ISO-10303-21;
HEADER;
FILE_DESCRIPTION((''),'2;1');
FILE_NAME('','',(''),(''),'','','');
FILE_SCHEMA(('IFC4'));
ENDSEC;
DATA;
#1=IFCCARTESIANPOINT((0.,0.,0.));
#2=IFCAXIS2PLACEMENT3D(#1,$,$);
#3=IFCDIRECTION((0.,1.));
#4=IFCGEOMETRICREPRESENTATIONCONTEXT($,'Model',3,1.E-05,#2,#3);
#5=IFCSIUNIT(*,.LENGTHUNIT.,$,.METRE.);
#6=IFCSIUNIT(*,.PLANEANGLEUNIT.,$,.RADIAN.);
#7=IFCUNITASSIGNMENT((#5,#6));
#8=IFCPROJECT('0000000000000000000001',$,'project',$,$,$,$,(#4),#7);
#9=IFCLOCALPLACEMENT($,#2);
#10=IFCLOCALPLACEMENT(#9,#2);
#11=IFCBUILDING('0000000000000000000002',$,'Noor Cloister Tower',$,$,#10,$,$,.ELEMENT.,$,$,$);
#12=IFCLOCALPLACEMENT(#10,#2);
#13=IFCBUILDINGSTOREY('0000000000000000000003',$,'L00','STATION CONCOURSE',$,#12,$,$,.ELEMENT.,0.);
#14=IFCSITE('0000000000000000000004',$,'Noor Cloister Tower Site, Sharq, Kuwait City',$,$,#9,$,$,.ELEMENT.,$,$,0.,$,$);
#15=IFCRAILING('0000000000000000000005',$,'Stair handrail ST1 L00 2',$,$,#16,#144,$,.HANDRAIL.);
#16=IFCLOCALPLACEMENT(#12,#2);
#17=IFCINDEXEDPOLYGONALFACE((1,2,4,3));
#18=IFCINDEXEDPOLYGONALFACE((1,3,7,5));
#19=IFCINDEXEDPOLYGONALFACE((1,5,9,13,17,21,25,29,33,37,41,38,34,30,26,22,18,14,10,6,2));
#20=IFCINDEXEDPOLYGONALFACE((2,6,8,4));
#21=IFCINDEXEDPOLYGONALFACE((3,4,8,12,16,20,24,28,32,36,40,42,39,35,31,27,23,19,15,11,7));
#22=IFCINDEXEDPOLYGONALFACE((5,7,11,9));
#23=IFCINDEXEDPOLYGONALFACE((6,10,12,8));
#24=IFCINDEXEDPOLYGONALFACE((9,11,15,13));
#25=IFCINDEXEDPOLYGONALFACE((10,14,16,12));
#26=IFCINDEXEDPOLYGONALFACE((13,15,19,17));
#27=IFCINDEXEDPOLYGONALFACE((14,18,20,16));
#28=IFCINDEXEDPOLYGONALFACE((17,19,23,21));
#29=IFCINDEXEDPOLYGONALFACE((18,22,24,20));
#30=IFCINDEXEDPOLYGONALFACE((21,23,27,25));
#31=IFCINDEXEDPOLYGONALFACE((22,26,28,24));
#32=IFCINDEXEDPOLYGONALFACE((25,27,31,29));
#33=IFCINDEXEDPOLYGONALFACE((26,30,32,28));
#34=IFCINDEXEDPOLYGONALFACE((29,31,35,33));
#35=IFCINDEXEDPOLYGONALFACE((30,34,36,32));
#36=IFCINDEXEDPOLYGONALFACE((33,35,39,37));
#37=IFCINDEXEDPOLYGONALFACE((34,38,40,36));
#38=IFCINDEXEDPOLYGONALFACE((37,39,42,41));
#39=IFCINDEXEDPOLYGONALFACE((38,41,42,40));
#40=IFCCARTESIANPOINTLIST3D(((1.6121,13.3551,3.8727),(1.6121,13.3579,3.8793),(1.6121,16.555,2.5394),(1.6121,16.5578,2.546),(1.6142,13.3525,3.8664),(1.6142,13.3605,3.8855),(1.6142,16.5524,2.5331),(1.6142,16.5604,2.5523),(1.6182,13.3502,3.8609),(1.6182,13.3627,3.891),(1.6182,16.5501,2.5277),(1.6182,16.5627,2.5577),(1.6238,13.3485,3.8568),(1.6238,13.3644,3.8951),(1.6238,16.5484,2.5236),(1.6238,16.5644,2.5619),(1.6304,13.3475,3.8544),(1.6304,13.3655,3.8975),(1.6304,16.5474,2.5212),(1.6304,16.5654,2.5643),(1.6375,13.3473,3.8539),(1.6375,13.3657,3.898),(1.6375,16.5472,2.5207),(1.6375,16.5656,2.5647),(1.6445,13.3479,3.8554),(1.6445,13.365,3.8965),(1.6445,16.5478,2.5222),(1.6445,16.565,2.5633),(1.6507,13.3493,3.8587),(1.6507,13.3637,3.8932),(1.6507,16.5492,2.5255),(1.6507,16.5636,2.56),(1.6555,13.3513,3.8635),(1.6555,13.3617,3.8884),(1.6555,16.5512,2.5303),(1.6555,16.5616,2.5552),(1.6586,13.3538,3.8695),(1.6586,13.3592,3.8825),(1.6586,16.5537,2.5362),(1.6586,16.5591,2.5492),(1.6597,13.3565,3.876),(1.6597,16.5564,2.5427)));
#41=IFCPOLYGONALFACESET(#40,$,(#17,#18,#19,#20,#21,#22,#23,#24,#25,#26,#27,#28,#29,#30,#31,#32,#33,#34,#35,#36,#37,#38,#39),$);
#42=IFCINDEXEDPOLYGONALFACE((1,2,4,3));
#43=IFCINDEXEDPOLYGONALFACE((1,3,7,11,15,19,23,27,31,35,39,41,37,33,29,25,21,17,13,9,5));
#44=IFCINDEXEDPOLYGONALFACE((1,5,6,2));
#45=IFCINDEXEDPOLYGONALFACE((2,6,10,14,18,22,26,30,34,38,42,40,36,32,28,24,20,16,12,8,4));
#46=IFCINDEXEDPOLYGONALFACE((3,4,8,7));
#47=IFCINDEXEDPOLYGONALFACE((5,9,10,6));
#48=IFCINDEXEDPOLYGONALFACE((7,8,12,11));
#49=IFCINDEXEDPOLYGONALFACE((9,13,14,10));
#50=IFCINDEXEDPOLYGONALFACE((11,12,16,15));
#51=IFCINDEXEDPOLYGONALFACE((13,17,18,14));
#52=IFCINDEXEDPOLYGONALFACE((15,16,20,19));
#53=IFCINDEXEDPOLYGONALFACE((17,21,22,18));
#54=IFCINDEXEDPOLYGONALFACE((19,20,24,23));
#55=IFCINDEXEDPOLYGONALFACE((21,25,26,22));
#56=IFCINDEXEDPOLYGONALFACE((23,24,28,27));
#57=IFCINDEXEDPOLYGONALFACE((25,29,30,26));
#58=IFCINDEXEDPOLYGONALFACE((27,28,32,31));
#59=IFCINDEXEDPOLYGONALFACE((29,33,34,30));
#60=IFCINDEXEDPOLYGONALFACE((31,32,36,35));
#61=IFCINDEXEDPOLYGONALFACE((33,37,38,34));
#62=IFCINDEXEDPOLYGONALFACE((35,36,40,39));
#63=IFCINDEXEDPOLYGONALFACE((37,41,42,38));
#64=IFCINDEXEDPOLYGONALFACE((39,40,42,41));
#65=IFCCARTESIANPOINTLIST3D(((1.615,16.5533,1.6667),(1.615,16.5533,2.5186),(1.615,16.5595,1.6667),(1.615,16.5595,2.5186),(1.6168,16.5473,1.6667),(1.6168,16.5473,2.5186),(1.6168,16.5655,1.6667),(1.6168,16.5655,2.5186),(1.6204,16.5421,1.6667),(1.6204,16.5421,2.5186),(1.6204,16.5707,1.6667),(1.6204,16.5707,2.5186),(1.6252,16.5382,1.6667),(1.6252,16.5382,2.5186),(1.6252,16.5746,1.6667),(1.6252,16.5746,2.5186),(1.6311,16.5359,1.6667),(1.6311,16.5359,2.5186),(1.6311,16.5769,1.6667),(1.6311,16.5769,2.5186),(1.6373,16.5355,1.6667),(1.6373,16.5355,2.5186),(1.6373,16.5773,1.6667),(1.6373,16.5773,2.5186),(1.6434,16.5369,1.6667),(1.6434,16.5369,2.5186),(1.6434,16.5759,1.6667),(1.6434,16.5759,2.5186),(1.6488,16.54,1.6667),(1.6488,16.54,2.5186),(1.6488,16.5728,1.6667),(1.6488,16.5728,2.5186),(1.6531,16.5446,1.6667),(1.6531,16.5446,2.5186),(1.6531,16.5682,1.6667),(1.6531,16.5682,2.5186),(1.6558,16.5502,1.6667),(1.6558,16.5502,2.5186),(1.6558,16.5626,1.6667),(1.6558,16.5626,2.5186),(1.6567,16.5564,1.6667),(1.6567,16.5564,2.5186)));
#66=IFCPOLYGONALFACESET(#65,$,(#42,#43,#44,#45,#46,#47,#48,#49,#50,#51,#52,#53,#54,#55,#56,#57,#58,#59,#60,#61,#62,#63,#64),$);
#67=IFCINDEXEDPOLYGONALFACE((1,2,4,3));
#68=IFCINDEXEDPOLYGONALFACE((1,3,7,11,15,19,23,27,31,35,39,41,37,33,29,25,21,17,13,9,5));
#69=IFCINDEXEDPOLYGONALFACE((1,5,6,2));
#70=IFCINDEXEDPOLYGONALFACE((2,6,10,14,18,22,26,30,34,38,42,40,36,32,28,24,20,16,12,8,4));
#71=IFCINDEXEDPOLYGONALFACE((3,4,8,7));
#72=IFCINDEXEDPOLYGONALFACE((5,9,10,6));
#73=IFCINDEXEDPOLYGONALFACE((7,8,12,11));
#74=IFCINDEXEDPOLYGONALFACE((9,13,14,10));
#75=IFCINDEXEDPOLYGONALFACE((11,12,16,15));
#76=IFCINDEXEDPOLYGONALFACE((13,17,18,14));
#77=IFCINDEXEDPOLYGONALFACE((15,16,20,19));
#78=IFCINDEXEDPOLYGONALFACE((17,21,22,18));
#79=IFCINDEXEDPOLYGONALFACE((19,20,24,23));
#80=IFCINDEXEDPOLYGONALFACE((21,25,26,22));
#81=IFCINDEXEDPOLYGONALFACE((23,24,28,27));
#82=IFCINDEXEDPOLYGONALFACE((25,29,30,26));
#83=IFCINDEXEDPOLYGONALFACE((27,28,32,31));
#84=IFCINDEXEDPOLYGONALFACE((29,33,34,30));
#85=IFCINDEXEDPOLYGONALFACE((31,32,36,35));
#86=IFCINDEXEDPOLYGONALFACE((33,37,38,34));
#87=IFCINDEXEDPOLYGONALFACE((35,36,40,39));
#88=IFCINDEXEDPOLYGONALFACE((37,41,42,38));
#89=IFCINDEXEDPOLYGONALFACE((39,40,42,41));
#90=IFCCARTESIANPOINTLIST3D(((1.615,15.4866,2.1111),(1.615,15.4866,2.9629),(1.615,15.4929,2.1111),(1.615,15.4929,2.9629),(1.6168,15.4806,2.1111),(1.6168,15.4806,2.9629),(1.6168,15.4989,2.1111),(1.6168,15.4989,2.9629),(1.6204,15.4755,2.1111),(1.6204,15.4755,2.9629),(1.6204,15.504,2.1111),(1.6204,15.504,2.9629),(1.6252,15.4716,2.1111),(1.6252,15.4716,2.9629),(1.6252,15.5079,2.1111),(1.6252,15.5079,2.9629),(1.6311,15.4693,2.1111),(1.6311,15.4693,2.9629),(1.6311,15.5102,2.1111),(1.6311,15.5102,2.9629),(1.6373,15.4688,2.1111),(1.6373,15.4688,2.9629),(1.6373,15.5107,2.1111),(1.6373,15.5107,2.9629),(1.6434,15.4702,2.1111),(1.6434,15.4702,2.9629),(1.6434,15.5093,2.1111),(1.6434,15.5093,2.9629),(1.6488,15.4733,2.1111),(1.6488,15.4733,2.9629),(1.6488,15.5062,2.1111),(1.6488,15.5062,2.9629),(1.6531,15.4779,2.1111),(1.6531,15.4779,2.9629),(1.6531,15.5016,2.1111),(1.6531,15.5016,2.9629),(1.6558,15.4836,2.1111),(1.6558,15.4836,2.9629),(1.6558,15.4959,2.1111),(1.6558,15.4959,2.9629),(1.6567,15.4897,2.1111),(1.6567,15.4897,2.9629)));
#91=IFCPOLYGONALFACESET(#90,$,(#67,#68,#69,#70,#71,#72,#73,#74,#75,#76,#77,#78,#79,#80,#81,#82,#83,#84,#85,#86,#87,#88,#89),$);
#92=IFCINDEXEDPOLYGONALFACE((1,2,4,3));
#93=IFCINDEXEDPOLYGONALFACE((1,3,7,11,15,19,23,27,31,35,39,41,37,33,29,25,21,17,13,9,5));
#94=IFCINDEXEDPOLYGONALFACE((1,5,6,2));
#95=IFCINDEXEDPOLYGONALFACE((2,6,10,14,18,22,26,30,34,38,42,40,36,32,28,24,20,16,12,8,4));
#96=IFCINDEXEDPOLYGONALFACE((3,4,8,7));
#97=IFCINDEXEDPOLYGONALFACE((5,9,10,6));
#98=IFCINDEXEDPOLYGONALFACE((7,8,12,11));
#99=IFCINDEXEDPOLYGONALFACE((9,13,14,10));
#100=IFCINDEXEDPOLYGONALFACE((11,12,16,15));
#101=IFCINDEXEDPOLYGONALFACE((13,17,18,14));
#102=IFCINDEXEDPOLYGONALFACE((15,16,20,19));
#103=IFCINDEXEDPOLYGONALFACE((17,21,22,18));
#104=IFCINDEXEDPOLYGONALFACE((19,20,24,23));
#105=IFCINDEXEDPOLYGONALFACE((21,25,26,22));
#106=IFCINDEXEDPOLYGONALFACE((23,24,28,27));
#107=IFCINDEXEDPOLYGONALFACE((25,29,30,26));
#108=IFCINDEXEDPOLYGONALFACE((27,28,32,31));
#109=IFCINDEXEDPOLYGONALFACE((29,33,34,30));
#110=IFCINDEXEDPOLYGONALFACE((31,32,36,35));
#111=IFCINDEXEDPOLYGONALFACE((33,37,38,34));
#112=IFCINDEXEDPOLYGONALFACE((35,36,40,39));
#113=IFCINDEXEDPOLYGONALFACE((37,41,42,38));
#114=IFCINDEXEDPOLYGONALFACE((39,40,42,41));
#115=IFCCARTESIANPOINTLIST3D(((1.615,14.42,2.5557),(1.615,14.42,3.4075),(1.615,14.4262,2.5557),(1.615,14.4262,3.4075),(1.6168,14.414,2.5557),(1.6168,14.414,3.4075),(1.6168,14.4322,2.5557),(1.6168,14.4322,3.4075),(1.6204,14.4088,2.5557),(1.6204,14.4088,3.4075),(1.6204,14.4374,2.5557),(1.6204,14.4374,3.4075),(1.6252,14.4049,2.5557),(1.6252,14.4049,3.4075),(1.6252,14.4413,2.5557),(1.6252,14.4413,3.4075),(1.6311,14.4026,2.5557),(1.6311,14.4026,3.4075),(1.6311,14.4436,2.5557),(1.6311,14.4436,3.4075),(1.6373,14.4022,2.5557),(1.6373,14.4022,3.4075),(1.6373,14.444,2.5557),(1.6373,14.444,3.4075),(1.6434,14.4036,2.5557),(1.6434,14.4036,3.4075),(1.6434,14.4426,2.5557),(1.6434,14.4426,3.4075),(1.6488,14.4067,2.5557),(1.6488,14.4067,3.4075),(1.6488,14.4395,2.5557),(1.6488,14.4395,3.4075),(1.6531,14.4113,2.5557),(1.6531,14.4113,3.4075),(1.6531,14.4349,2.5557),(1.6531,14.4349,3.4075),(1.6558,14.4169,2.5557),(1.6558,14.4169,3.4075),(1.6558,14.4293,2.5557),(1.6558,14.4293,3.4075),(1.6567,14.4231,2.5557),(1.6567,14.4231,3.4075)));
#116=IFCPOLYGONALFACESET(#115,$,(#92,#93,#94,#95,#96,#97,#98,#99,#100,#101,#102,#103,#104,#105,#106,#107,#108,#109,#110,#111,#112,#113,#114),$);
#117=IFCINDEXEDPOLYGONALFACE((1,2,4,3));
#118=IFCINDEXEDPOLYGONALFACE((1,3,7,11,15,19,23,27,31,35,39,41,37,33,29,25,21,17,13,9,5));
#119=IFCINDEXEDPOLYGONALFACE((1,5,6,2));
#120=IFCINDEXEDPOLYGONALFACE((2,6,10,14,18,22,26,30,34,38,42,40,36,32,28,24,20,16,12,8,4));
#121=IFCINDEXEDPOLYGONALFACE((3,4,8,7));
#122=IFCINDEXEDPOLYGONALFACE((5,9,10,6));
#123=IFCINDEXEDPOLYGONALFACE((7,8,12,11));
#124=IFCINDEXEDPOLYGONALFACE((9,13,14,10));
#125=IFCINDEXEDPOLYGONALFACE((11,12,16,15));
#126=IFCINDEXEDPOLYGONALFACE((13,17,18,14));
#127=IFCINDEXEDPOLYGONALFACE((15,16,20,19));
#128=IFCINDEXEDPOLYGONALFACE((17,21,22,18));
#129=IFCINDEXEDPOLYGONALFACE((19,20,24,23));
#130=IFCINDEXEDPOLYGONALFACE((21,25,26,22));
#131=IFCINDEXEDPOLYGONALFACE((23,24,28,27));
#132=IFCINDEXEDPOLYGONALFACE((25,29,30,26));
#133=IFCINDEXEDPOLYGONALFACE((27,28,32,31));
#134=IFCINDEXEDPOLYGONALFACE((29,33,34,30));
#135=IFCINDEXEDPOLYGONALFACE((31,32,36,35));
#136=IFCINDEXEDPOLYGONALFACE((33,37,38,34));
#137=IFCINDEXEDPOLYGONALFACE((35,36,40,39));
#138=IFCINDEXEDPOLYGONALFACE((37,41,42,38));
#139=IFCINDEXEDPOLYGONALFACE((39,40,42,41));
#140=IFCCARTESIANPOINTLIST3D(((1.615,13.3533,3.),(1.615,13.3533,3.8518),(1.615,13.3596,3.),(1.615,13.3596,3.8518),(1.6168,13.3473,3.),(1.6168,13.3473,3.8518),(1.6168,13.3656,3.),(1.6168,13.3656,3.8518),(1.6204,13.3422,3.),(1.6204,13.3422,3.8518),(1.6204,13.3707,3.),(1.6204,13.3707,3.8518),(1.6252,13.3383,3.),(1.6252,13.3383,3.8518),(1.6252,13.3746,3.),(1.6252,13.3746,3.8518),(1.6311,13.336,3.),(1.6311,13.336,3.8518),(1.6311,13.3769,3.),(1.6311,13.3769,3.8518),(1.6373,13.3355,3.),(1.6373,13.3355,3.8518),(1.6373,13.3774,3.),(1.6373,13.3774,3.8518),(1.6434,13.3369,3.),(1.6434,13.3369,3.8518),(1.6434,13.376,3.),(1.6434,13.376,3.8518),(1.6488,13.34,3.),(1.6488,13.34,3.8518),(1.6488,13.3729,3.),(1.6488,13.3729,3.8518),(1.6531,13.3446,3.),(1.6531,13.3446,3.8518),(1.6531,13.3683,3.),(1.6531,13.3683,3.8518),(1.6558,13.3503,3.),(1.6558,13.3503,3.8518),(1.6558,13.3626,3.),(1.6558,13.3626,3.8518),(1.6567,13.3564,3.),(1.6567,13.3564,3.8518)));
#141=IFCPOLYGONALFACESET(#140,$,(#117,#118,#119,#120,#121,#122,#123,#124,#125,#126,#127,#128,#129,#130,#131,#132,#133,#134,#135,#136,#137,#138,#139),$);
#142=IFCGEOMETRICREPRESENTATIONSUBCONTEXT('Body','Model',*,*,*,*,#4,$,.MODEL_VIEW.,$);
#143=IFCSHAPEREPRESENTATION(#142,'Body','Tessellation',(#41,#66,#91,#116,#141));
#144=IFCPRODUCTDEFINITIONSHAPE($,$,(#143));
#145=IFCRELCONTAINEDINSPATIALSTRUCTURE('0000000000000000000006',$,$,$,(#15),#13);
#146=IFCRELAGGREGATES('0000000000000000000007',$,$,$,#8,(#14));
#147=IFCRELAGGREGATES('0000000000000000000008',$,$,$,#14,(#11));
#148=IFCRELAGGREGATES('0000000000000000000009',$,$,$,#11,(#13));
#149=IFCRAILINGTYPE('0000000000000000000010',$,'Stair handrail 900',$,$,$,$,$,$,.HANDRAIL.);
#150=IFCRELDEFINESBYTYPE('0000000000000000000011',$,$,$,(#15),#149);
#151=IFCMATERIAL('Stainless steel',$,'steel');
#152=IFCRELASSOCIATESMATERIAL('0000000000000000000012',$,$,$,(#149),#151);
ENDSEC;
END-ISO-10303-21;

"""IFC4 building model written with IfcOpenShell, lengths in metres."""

from ifc_helpers import new_model, si_unit, direction, frame, origin, origin_2d, place, context, subcontext, project, spatial, circle, extrude, material, type_object, element, save


model = new_model("IFC4")

# Units and contexts
model_context = context("Model", 3, precision=1e-05, world=origin(), true_north=direction((0.0, 1.0)))
body_context = subcontext(model_context, "Body", "Model", "MODEL_VIEW")
ifc_project = project(units=[si_unit("LENGTHUNIT", "METRE"), si_unit("PLANEANGLEUNIT", "RADIAN")], contexts=[model_context])

# Site, building, storey
site_placement = place(None, origin())
site = spatial("IfcSite", under=ifc_project, at=site_placement, Name="Noor Cloister Tower Site, Sharq, Kuwait City", CompositionType="ELEMENT", RefElevation=0.0)
building_placement = place(site_placement, origin())
building = spatial("IfcBuilding", under=site, at=building_placement, Name="Noor Cloister Tower", CompositionType="ELEMENT")
storey_placement = place(building_placement, origin())
storey = spatial("IfcBuildingStorey", under=building, at=storey_placement, Name="L00", Description="STATION CONCOURSE", CompositionType="ELEMENT", Elevation=0.0)

# Railing
ifc_material_1 = material(Name="Stainless steel", Category="steel")
railing_type_1 = type_object("IfcRailingType", Name="Stair handrail 900", PredefinedType="HANDRAIL", material=ifc_material_1)
railing_1_placement = place(storey_placement, frame((1.6357, 16.5564, 1.6667)))
element("IfcRailing", 1, at=railing_1_placement, inside=storey, type_object=railing_type_1, Name="Stair handrail ST1 L00 2", PredefinedType="HANDRAIL", context=body_context, shape_type="SweptSolid", body=[
    extrude(circle(Radius=0.0239, at=origin_2d()), frame((0.0, 0.0, 0.876), z_axis=(0.0, -0.923083, 0.3846), x_axis=(1.0, 0.0, 0.0)), (0.0, 0.0, 1.0), 3.4666),
    extrude(circle(Radius=0.021, at=origin_2d()), origin(), (0.0, 0.0, 1.0), 0.8518),
    extrude(circle(Radius=0.021, at=origin_2d()), frame((0.0, -1.0667, 0.4443)), (0.0, 0.0, 1.0), 0.8518),
    extrude(circle(Radius=0.021, at=origin_2d()), frame((0.0, -2.1333, 0.8889)), (0.0, 0.0, 1.0), 0.8518),
    extrude(circle(Radius=0.021, at=origin_2d()), frame((0.0, -3.2, 1.3333)), (0.0, 0.0, 1.0), 0.8518),
])

save(model, "model.ifc")
